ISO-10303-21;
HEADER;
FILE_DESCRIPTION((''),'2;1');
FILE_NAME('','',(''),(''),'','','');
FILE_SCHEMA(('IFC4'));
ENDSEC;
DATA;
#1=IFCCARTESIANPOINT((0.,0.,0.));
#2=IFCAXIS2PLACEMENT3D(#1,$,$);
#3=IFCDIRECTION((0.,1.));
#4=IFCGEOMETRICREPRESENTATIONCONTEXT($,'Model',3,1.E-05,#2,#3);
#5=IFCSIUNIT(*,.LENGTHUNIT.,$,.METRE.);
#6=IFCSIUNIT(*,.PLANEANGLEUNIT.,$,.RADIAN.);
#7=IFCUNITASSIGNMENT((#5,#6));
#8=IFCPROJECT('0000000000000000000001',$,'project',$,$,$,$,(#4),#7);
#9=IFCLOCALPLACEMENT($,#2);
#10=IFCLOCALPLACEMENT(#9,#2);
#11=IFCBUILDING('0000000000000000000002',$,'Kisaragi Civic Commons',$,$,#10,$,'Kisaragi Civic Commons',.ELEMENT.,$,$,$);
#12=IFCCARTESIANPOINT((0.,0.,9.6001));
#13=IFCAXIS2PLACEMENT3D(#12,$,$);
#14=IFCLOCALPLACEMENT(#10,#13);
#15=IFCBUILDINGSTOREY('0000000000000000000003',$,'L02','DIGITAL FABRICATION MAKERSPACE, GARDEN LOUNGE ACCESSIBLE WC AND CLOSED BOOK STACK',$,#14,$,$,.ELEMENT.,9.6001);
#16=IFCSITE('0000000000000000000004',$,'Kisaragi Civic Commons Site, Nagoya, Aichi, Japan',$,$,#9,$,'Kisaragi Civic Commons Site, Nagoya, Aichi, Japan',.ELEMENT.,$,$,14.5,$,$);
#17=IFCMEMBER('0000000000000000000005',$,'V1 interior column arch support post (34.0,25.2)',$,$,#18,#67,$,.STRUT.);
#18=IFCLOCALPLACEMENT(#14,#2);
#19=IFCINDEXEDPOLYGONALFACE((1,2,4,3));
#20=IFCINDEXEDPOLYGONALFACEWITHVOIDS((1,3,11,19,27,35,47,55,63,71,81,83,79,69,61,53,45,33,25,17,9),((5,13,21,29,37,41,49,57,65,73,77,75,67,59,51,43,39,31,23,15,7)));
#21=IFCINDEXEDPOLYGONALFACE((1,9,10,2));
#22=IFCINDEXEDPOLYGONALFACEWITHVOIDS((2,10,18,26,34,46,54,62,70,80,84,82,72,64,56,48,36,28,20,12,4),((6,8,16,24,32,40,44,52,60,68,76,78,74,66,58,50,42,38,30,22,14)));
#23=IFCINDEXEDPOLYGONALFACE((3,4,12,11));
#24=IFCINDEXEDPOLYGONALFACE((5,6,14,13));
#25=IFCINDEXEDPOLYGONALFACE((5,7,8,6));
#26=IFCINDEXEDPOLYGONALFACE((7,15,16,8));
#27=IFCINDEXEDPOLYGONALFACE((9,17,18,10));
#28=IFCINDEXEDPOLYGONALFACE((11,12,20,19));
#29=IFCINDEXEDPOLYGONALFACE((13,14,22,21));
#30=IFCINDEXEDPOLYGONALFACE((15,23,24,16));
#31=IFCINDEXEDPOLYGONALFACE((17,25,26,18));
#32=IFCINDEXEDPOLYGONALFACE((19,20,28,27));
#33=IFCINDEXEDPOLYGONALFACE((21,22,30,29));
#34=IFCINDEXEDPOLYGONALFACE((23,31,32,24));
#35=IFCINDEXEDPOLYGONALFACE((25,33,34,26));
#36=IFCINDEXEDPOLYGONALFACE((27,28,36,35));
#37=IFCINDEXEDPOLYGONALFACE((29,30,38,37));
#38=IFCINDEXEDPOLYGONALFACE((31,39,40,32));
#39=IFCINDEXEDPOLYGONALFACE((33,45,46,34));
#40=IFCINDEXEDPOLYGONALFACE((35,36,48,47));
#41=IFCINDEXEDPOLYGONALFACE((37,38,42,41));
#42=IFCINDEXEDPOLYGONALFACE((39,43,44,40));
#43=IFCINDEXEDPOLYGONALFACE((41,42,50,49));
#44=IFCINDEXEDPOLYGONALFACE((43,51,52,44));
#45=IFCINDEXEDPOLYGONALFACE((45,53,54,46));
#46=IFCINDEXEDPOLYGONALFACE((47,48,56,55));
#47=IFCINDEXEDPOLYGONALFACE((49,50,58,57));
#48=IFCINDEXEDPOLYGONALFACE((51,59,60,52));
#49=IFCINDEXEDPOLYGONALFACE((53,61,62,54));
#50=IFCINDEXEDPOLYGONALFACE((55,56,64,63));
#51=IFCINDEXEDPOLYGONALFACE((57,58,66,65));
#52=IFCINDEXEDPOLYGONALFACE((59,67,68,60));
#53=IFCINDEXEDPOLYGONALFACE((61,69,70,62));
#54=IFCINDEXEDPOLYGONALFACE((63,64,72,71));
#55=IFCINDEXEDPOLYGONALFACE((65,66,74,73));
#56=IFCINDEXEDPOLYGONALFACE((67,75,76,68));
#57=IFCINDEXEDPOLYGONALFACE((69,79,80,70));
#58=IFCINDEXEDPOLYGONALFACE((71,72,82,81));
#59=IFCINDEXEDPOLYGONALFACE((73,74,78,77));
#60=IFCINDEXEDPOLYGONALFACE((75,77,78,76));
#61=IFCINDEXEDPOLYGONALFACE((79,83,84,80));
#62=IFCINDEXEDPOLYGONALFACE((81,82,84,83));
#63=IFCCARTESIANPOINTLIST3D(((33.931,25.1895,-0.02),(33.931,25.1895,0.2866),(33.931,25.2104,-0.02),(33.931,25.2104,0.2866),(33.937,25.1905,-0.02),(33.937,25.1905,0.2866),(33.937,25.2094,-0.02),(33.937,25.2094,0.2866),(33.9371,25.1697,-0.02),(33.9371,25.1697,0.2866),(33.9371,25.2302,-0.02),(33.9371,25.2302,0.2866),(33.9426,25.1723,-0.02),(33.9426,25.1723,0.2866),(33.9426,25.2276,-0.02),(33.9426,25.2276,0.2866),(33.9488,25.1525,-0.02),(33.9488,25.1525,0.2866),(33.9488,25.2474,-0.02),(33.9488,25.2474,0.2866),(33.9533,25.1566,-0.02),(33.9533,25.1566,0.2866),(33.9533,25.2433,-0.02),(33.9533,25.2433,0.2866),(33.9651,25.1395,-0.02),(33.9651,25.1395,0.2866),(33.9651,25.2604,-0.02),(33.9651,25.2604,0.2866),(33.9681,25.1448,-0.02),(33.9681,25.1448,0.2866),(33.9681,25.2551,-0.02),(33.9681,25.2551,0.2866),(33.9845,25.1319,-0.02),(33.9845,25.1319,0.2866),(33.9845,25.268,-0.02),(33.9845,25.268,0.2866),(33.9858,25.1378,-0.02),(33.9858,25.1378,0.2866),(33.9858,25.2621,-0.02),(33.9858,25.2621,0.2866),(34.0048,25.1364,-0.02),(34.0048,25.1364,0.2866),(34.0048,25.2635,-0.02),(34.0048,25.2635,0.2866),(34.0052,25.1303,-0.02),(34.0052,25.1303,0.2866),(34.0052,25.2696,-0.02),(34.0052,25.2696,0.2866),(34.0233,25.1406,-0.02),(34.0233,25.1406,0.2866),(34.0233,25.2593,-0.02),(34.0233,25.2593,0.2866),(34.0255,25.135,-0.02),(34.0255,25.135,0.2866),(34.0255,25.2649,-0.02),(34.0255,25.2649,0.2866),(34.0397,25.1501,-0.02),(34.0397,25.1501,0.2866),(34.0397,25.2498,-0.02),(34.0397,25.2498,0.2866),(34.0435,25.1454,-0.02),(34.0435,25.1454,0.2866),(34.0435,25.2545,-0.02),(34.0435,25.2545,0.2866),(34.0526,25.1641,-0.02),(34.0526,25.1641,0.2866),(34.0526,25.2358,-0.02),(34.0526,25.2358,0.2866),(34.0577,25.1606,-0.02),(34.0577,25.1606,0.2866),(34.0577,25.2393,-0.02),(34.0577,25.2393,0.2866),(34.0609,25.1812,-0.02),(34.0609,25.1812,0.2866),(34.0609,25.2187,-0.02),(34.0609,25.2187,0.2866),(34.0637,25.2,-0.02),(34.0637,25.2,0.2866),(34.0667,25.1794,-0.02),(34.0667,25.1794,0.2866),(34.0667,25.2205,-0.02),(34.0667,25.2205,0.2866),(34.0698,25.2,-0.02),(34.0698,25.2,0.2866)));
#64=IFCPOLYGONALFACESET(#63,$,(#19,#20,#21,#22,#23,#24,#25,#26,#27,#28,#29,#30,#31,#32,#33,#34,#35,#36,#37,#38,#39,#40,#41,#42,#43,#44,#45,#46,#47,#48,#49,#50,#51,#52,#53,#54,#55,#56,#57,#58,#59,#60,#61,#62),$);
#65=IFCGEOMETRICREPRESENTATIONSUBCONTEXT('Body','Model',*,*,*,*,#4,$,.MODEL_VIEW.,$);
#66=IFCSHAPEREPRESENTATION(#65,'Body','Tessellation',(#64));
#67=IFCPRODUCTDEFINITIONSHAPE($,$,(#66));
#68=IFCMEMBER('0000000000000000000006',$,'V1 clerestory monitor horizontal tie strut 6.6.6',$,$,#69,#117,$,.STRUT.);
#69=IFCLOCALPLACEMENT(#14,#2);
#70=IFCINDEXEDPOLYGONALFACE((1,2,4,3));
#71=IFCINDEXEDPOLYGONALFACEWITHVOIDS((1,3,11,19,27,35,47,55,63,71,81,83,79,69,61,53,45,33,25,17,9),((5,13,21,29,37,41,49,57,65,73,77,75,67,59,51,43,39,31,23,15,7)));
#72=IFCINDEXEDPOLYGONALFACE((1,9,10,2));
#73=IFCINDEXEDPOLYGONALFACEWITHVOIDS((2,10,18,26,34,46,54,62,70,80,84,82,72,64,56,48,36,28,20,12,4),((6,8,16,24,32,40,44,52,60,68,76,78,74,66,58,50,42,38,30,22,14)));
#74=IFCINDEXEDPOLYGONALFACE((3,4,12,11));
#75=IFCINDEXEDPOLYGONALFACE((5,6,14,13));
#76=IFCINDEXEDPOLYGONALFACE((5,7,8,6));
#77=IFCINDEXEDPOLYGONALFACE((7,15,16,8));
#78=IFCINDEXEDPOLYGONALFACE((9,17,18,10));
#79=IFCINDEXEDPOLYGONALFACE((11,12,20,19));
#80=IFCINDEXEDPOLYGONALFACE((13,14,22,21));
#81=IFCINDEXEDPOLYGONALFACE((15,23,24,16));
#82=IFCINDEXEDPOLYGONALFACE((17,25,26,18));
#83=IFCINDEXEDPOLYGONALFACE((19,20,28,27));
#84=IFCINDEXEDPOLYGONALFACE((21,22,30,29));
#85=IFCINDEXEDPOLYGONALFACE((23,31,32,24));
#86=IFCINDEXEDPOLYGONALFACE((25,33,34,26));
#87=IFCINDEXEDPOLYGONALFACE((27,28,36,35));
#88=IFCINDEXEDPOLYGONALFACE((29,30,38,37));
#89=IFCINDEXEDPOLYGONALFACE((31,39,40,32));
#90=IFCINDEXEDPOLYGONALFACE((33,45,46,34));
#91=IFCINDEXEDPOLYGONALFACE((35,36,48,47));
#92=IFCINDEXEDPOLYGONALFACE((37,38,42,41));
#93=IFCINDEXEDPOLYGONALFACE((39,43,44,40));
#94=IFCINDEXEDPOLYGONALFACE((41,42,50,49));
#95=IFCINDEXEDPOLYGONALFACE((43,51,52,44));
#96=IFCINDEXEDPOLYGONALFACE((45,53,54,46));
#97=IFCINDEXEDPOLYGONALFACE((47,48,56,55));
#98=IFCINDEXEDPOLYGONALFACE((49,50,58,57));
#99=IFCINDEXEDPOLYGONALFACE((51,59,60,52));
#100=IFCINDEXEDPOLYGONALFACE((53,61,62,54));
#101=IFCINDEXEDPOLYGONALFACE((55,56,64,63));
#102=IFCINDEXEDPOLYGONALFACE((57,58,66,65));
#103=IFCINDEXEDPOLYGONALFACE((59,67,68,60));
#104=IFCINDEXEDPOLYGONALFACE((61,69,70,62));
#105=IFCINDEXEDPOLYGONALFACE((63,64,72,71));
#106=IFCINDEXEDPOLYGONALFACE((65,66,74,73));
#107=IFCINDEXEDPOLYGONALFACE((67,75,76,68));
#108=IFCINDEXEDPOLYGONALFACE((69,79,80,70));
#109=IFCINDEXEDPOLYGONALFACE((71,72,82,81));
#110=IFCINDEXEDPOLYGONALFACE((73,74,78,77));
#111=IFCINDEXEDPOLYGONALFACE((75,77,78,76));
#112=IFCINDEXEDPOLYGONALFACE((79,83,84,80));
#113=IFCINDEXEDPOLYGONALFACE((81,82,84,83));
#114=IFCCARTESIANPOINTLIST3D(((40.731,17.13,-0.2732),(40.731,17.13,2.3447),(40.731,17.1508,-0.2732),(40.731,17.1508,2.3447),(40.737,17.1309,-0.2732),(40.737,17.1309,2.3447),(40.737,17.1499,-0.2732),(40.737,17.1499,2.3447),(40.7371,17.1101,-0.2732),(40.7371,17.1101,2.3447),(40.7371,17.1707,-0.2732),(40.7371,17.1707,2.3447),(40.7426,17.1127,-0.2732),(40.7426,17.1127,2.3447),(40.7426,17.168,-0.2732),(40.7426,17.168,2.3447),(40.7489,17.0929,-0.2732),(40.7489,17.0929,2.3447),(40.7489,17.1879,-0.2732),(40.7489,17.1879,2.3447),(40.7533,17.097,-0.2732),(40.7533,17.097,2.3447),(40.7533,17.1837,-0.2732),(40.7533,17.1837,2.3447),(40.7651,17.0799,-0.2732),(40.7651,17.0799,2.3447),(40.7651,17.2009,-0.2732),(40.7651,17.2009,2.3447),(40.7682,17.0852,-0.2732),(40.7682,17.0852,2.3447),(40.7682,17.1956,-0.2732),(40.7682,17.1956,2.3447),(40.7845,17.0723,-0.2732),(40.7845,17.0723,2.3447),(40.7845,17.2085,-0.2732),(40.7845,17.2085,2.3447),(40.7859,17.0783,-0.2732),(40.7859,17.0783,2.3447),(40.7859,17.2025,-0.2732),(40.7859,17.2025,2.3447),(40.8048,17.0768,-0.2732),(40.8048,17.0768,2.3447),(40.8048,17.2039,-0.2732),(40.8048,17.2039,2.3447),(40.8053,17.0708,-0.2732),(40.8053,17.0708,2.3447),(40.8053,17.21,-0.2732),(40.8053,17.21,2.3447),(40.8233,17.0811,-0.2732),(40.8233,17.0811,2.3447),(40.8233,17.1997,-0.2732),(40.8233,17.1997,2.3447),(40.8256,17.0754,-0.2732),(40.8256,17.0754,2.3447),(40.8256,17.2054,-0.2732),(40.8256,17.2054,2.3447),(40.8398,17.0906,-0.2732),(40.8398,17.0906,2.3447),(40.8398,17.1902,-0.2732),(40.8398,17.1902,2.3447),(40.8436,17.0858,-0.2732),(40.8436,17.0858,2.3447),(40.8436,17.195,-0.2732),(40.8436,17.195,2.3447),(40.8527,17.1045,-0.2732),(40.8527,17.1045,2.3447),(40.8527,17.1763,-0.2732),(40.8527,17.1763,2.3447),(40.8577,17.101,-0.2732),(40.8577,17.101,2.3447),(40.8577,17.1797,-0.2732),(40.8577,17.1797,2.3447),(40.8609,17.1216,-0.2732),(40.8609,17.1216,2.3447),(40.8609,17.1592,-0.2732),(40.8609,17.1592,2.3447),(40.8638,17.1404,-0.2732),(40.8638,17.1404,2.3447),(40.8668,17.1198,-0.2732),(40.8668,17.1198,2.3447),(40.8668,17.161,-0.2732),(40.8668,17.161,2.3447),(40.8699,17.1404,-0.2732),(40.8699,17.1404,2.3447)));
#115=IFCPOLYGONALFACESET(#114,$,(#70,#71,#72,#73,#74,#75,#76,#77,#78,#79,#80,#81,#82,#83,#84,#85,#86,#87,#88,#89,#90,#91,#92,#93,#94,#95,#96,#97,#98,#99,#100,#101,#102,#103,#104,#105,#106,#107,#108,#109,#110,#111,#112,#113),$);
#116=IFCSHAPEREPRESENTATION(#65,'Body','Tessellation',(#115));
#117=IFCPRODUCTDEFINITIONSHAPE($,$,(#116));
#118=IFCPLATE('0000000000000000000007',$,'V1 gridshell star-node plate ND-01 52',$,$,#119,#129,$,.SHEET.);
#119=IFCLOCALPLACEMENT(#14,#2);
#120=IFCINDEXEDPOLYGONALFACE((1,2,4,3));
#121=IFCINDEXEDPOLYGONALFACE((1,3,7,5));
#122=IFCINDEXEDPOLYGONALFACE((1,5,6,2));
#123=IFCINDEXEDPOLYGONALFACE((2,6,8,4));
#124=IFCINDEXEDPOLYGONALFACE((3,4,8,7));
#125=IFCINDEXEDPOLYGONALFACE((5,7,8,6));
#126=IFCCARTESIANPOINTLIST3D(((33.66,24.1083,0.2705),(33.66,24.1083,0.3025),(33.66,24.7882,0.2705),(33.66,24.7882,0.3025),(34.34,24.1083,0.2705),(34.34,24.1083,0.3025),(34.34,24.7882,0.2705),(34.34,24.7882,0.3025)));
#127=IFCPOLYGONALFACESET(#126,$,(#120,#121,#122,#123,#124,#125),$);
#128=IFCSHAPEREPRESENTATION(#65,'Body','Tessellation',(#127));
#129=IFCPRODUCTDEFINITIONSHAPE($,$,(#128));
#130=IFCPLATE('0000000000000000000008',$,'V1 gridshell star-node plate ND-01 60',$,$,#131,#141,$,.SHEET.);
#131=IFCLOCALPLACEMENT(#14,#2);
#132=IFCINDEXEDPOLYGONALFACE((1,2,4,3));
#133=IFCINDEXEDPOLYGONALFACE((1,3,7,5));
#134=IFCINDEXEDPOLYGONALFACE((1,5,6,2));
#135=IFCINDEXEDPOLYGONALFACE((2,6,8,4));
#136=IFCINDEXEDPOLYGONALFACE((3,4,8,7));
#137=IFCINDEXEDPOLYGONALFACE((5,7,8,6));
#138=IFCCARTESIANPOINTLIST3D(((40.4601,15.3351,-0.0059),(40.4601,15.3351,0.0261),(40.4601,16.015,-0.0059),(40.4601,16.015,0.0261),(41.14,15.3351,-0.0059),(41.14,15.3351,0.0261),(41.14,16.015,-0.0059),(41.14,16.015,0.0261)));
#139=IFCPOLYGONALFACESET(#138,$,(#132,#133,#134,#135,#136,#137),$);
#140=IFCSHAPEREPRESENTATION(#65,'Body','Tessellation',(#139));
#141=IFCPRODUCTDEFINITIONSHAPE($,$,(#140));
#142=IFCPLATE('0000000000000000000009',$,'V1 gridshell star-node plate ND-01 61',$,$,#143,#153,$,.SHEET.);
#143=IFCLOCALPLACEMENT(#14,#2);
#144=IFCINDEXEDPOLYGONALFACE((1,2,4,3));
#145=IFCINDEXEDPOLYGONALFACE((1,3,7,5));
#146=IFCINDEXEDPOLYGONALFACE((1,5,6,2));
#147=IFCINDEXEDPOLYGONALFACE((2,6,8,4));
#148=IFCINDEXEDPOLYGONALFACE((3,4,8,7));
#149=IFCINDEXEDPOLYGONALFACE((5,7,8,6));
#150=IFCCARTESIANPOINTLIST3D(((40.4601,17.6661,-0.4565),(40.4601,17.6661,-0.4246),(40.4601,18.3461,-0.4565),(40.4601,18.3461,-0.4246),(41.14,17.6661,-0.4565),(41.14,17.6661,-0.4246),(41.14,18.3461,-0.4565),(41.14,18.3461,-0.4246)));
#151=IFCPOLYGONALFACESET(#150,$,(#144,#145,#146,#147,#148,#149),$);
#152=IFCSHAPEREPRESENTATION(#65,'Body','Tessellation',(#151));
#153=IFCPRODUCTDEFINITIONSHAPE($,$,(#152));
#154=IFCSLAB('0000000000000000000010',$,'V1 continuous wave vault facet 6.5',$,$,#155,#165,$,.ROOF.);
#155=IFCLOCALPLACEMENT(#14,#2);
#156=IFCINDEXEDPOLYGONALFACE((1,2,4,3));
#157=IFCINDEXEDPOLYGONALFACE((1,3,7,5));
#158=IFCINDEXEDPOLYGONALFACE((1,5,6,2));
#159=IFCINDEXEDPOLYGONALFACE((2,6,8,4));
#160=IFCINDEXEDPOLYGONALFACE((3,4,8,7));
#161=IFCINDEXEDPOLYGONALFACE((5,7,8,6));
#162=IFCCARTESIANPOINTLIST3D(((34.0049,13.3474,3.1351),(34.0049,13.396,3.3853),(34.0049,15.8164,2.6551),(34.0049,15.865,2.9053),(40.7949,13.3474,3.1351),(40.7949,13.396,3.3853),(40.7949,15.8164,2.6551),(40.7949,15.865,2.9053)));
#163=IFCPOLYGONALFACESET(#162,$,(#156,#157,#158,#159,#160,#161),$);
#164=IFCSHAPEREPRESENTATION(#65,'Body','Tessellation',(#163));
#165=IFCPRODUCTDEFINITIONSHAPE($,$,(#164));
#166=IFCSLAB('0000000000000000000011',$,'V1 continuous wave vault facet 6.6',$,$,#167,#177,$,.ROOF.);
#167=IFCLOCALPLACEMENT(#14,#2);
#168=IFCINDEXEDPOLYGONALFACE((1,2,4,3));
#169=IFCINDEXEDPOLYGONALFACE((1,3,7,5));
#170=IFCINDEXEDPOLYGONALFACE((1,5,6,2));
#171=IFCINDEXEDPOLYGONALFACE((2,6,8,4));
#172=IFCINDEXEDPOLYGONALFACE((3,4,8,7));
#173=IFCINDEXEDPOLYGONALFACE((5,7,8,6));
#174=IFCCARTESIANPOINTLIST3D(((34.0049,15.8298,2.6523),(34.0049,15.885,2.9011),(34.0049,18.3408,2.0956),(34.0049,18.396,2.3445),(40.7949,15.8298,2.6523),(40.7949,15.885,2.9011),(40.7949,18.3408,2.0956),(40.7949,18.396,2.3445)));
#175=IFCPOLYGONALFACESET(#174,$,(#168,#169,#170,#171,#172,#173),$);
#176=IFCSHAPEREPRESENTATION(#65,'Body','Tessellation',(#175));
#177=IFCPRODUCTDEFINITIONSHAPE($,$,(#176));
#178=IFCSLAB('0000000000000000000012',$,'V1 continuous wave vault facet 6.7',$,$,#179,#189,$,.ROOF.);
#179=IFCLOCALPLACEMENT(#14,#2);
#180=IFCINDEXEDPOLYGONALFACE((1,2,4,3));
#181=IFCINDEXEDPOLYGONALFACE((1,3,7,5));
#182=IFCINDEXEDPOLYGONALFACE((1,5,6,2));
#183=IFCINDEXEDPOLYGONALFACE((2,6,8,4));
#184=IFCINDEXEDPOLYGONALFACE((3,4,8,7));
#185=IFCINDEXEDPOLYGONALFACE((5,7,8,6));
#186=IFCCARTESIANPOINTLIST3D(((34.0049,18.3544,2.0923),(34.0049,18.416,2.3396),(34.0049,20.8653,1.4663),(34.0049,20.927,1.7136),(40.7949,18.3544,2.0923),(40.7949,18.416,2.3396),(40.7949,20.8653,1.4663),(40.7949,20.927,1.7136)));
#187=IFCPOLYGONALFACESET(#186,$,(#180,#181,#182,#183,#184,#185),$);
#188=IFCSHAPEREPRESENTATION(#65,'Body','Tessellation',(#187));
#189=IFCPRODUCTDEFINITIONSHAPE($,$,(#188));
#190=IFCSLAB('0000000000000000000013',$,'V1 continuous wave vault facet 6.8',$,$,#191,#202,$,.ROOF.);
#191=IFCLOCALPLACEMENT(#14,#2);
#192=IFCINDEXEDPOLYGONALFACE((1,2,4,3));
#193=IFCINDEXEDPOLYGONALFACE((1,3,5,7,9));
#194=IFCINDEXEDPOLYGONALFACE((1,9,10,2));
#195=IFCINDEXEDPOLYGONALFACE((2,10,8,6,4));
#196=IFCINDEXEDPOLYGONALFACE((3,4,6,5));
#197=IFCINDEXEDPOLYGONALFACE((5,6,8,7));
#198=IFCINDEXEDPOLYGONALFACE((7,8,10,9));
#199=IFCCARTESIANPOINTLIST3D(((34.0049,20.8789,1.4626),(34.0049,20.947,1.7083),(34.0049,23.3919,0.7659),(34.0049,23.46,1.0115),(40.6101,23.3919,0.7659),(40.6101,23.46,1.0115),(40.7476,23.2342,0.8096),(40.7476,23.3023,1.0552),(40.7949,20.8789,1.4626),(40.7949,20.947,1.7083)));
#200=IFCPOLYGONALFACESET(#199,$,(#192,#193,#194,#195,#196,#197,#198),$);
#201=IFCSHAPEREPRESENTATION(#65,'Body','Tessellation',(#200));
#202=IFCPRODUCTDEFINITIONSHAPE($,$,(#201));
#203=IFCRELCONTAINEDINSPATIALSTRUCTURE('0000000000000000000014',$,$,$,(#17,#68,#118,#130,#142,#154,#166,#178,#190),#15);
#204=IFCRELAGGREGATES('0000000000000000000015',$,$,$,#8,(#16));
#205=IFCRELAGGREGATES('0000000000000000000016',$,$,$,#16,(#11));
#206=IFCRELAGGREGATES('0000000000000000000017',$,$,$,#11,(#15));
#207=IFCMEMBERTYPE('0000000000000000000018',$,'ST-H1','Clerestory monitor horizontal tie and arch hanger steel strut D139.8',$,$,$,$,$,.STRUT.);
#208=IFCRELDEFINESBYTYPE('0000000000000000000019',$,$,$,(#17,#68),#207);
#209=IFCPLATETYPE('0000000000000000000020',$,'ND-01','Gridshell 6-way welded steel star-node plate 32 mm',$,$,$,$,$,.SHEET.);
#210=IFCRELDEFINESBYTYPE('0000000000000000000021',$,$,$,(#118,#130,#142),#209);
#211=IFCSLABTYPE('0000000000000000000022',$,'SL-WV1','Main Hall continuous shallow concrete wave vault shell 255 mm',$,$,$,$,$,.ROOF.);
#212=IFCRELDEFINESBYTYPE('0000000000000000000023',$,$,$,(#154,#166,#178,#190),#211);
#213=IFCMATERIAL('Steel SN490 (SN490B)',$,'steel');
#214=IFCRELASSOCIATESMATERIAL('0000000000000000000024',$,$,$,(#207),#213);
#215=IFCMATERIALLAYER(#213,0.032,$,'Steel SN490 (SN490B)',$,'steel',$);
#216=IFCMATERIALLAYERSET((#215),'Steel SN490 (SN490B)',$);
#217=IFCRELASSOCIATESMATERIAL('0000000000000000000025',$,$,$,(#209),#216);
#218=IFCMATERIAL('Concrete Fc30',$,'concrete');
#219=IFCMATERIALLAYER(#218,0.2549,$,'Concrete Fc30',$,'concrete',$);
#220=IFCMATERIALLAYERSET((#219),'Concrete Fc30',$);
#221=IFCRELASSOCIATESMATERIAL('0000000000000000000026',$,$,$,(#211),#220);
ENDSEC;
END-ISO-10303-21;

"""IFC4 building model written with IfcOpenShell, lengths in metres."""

from ifc_helpers import new_model, si_unit, direction, frame, origin, origin_2d, place, context, subcontext, project, spatial, polyline, rectangle, hollow_circle, outline, extrude, material, layer, layer_set, material_profile, profile_set, type_object, element, save


model = new_model("IFC4")

# Units and contexts
model_context = context("Model", 3, precision=1e-05, world=origin(), true_north=direction((0.0, 1.0)))
body_context = subcontext(model_context, "Body", "Model", "MODEL_VIEW")
ifc_project = project(units=[si_unit("LENGTHUNIT", "METRE"), si_unit("PLANEANGLEUNIT", "RADIAN")], contexts=[model_context])

# Site, building, storey
site_placement = place(None, origin())
site = spatial("IfcSite", under=ifc_project, at=site_placement, Name="Kisaragi Civic Commons Site, Nagoya, Aichi, Japan", LongName="Kisaragi Civic Commons Site, Nagoya, Aichi, Japan", CompositionType="ELEMENT", RefElevation=14.5)
building_placement = place(site_placement, origin())
building = spatial("IfcBuilding", under=site, at=building_placement, Name="Kisaragi Civic Commons", LongName="Kisaragi Civic Commons", CompositionType="ELEMENT")
storey_placement = place(building_placement, frame((0.0, 0.0, 9.6001)))
storey = spatial("IfcBuildingStorey", under=building, at=storey_placement, Name="L02", Description="DIGITAL FABRICATION MAKERSPACE, GARDEN LOUNGE ACCESSIBLE WC AND CLOSED BOOK STACK", CompositionType="ELEMENT", Elevation=9.6001)

# Members
ifc_material_1 = material(Name="Steel SN490 (SN490B)", Category="steel")
ifc_material_profile_1 = material_profile(ifc_material_1, hollow_circle(Radius=0.0698, WallThickness=0.0061, at=origin_2d()), Name="CHS-139.8x6.0", Category="steel")
ifc_profile_set_1 = profile_set([ifc_material_profile_1], Name="Steel SN490 (SN490B)")
member_type_1 = type_object("IfcMemberType", Name="ST-H1", Description="Clerestory monitor horizontal tie and arch hanger steel strut D139.8", PredefinedType="STRUT", material=ifc_profile_set_1)
member_1_placement = place(storey_placement, frame((34.0, 25.2, -0.02), z_axis=(0.0, 0.0, 1.0), x_axis=(1.0, 0.0, 0.0)))
element("IfcMember", 1, at=member_1_placement, inside=storey, type_object=member_type_1, Name="V1 interior column arch support post (34.0,25.2)", PredefinedType="STRUT", context=body_context, shape_type="SweptSolid", body=[
    extrude(hollow_circle(Radius=0.0698, WallThickness=0.0061, at=origin_2d()), origin(), (0.0, 0.0, 1.0), 0.3066),
])
member_2_placement = place(storey_placement, frame((40.8, 17.1404, -0.2732), z_axis=(0.0, 0.0, 1.0), x_axis=(1.0, 0.0, 0.0)))
element("IfcMember", 2, at=member_2_placement, inside=storey, type_object=member_type_1, Name="V1 clerestory monitor horizontal tie strut 6.6.6", PredefinedType="STRUT", context=body_context, shape_type="SweptSolid", body=[
    extrude(hollow_circle(Radius=0.0698, WallThickness=0.0061, at=origin_2d()), origin(), (0.0, 0.0, 1.0), 2.6179),
])

# Plates
ifc_layer_1 = layer(ifc_material_1, 0.032, Name="Steel SN490 (SN490B)", Category="steel")
ifc_layer_set_1 = layer_set([ifc_layer_1], Name="Steel SN490 (SN490B)")
plate_type = type_object("IfcPlateType", Name="ND-01", Description="Gridshell 6-way welded steel star-node plate 32 mm", PredefinedType="SHEET", material=ifc_layer_set_1)
for number, where, z_axis, x_axis, name in (
    (3, (34.0, 24.4482, 0.2705), (0.0, 0.0, 1.0), (1.0, 0.0, 0.0), "V1 gridshell star-node plate ND-01 52"),
    (4, (40.8, 15.675, -0.0059), (0.0, 0.0, 1.0), (1.0, 0.0, 0.0), "V1 gridshell star-node plate ND-01 60"),
    (5, (40.8, 18.0061, -0.4565), (0.0, 0.0, 1.0), (1.0, 0.0, 0.0), "V1 gridshell star-node plate ND-01 61"),
):
    element("IfcPlate", number, at=place(storey_placement, frame(where, z_axis=z_axis, x_axis=x_axis)), inside=storey, type_object=plate_type, Name=name, PredefinedType="SHEET", context=body_context, shape_type="SweptSolid", body=[
        extrude(rectangle(XDim=0.6799, YDim=0.6799, at=origin_2d()), origin(), (0.0, 0.0, 1.0), 0.032),
    ])

# Slabs
ifc_material_2 = material(Name="Concrete Fc30", Category="concrete")
ifc_layer_2 = layer(ifc_material_2, 0.2549, Name="Concrete Fc30", Category="concrete")
ifc_layer_set_2 = layer_set([ifc_layer_2], Name="Concrete Fc30")
slab_type = type_object("IfcSlabType", Name="SL-WV1", Description="Main Hall continuous shallow concrete wave vault shell 255 mm", PredefinedType="ROOF", material=ifc_layer_set_2)
slab_1_placement = place(storey_placement, frame((40.7949, 15.865, 2.9053), z_axis=(0.0, 0.190831, 0.981623), x_axis=(-1.0, 0.0, 0.0)))
element("IfcSlab", 6, at=slab_1_placement, inside=storey, type_object=slab_type, Name="V1 continuous wave vault facet 6.5", PredefinedType="ROOF", context=body_context, shape_type="SweptSolid", body=[
    extrude(outline(polyline([(0.0, 0.0), (6.79, 0.0), (6.79, 2.5152), (0.0, 2.5152), (0.0, 0.0)])), origin(), (0.0, 0.0, -1.0), 0.2549),
])
slab_2_placement = place(storey_placement, frame((40.7949, 18.396, 2.3445), z_axis=(0.0, 0.216428, 0.976299), x_axis=(-1.0, 0.0, 0.0)))
element("IfcSlab", 7, at=slab_2_placement, inside=storey, type_object=slab_type, Name="V1 continuous wave vault facet 6.6", PredefinedType="ROOF", context=body_context, shape_type="SweptSolid", body=[
    extrude(outline(polyline([(0.0, 0.0), (6.79, 0.0), (6.79, 2.5719), (0.0, 2.5719), (0.0, 0.0)])), origin(), (0.0, 0.0, -1.0), 0.2549),
])
slab_3_placement = place(storey_placement, frame((40.7949, 20.927, 1.7136), z_axis=(0.0, 0.241892, 0.970303), x_axis=(-1.0, 0.0, 0.0)))
element("IfcSlab", 8, at=slab_3_placement, inside=storey, type_object=slab_type, Name="V1 continuous wave vault facet 6.7", PredefinedType="ROOF", context=body_context, shape_type="SweptSolid", body=[
    extrude(outline(polyline([(0.0, 0.0), (6.79, 0.0), (6.79, 2.5878), (0.0, 2.5878), (0.0, 0.0)])), origin(), (0.0, 0.0, -1.0), 0.2549),
])
slab_4_placement = place(storey_placement, frame((40.6101, 23.46, 1.0115), z_axis=(0.000002, 0.267195, 0.963643), x_axis=(-1.0, 0.000001, 0.000002)))
element("IfcSlab", 9, at=slab_4_placement, inside=storey, type_object=slab_type, Name="V1 continuous wave vault facet 6.8", PredefinedType="ROOF", context=body_context, shape_type="SweptSolid", body=[
    extrude(outline(polyline([(0.0, 0.0), (6.6052, 0.0), (6.6052, 2.6078), (-0.1848, 2.6078), (-0.1375, 0.1637), (0.0, 0.0)])), origin(), (0.0, 0.0, -1.0), 0.2549),
])

save(model, "model.ifc")
